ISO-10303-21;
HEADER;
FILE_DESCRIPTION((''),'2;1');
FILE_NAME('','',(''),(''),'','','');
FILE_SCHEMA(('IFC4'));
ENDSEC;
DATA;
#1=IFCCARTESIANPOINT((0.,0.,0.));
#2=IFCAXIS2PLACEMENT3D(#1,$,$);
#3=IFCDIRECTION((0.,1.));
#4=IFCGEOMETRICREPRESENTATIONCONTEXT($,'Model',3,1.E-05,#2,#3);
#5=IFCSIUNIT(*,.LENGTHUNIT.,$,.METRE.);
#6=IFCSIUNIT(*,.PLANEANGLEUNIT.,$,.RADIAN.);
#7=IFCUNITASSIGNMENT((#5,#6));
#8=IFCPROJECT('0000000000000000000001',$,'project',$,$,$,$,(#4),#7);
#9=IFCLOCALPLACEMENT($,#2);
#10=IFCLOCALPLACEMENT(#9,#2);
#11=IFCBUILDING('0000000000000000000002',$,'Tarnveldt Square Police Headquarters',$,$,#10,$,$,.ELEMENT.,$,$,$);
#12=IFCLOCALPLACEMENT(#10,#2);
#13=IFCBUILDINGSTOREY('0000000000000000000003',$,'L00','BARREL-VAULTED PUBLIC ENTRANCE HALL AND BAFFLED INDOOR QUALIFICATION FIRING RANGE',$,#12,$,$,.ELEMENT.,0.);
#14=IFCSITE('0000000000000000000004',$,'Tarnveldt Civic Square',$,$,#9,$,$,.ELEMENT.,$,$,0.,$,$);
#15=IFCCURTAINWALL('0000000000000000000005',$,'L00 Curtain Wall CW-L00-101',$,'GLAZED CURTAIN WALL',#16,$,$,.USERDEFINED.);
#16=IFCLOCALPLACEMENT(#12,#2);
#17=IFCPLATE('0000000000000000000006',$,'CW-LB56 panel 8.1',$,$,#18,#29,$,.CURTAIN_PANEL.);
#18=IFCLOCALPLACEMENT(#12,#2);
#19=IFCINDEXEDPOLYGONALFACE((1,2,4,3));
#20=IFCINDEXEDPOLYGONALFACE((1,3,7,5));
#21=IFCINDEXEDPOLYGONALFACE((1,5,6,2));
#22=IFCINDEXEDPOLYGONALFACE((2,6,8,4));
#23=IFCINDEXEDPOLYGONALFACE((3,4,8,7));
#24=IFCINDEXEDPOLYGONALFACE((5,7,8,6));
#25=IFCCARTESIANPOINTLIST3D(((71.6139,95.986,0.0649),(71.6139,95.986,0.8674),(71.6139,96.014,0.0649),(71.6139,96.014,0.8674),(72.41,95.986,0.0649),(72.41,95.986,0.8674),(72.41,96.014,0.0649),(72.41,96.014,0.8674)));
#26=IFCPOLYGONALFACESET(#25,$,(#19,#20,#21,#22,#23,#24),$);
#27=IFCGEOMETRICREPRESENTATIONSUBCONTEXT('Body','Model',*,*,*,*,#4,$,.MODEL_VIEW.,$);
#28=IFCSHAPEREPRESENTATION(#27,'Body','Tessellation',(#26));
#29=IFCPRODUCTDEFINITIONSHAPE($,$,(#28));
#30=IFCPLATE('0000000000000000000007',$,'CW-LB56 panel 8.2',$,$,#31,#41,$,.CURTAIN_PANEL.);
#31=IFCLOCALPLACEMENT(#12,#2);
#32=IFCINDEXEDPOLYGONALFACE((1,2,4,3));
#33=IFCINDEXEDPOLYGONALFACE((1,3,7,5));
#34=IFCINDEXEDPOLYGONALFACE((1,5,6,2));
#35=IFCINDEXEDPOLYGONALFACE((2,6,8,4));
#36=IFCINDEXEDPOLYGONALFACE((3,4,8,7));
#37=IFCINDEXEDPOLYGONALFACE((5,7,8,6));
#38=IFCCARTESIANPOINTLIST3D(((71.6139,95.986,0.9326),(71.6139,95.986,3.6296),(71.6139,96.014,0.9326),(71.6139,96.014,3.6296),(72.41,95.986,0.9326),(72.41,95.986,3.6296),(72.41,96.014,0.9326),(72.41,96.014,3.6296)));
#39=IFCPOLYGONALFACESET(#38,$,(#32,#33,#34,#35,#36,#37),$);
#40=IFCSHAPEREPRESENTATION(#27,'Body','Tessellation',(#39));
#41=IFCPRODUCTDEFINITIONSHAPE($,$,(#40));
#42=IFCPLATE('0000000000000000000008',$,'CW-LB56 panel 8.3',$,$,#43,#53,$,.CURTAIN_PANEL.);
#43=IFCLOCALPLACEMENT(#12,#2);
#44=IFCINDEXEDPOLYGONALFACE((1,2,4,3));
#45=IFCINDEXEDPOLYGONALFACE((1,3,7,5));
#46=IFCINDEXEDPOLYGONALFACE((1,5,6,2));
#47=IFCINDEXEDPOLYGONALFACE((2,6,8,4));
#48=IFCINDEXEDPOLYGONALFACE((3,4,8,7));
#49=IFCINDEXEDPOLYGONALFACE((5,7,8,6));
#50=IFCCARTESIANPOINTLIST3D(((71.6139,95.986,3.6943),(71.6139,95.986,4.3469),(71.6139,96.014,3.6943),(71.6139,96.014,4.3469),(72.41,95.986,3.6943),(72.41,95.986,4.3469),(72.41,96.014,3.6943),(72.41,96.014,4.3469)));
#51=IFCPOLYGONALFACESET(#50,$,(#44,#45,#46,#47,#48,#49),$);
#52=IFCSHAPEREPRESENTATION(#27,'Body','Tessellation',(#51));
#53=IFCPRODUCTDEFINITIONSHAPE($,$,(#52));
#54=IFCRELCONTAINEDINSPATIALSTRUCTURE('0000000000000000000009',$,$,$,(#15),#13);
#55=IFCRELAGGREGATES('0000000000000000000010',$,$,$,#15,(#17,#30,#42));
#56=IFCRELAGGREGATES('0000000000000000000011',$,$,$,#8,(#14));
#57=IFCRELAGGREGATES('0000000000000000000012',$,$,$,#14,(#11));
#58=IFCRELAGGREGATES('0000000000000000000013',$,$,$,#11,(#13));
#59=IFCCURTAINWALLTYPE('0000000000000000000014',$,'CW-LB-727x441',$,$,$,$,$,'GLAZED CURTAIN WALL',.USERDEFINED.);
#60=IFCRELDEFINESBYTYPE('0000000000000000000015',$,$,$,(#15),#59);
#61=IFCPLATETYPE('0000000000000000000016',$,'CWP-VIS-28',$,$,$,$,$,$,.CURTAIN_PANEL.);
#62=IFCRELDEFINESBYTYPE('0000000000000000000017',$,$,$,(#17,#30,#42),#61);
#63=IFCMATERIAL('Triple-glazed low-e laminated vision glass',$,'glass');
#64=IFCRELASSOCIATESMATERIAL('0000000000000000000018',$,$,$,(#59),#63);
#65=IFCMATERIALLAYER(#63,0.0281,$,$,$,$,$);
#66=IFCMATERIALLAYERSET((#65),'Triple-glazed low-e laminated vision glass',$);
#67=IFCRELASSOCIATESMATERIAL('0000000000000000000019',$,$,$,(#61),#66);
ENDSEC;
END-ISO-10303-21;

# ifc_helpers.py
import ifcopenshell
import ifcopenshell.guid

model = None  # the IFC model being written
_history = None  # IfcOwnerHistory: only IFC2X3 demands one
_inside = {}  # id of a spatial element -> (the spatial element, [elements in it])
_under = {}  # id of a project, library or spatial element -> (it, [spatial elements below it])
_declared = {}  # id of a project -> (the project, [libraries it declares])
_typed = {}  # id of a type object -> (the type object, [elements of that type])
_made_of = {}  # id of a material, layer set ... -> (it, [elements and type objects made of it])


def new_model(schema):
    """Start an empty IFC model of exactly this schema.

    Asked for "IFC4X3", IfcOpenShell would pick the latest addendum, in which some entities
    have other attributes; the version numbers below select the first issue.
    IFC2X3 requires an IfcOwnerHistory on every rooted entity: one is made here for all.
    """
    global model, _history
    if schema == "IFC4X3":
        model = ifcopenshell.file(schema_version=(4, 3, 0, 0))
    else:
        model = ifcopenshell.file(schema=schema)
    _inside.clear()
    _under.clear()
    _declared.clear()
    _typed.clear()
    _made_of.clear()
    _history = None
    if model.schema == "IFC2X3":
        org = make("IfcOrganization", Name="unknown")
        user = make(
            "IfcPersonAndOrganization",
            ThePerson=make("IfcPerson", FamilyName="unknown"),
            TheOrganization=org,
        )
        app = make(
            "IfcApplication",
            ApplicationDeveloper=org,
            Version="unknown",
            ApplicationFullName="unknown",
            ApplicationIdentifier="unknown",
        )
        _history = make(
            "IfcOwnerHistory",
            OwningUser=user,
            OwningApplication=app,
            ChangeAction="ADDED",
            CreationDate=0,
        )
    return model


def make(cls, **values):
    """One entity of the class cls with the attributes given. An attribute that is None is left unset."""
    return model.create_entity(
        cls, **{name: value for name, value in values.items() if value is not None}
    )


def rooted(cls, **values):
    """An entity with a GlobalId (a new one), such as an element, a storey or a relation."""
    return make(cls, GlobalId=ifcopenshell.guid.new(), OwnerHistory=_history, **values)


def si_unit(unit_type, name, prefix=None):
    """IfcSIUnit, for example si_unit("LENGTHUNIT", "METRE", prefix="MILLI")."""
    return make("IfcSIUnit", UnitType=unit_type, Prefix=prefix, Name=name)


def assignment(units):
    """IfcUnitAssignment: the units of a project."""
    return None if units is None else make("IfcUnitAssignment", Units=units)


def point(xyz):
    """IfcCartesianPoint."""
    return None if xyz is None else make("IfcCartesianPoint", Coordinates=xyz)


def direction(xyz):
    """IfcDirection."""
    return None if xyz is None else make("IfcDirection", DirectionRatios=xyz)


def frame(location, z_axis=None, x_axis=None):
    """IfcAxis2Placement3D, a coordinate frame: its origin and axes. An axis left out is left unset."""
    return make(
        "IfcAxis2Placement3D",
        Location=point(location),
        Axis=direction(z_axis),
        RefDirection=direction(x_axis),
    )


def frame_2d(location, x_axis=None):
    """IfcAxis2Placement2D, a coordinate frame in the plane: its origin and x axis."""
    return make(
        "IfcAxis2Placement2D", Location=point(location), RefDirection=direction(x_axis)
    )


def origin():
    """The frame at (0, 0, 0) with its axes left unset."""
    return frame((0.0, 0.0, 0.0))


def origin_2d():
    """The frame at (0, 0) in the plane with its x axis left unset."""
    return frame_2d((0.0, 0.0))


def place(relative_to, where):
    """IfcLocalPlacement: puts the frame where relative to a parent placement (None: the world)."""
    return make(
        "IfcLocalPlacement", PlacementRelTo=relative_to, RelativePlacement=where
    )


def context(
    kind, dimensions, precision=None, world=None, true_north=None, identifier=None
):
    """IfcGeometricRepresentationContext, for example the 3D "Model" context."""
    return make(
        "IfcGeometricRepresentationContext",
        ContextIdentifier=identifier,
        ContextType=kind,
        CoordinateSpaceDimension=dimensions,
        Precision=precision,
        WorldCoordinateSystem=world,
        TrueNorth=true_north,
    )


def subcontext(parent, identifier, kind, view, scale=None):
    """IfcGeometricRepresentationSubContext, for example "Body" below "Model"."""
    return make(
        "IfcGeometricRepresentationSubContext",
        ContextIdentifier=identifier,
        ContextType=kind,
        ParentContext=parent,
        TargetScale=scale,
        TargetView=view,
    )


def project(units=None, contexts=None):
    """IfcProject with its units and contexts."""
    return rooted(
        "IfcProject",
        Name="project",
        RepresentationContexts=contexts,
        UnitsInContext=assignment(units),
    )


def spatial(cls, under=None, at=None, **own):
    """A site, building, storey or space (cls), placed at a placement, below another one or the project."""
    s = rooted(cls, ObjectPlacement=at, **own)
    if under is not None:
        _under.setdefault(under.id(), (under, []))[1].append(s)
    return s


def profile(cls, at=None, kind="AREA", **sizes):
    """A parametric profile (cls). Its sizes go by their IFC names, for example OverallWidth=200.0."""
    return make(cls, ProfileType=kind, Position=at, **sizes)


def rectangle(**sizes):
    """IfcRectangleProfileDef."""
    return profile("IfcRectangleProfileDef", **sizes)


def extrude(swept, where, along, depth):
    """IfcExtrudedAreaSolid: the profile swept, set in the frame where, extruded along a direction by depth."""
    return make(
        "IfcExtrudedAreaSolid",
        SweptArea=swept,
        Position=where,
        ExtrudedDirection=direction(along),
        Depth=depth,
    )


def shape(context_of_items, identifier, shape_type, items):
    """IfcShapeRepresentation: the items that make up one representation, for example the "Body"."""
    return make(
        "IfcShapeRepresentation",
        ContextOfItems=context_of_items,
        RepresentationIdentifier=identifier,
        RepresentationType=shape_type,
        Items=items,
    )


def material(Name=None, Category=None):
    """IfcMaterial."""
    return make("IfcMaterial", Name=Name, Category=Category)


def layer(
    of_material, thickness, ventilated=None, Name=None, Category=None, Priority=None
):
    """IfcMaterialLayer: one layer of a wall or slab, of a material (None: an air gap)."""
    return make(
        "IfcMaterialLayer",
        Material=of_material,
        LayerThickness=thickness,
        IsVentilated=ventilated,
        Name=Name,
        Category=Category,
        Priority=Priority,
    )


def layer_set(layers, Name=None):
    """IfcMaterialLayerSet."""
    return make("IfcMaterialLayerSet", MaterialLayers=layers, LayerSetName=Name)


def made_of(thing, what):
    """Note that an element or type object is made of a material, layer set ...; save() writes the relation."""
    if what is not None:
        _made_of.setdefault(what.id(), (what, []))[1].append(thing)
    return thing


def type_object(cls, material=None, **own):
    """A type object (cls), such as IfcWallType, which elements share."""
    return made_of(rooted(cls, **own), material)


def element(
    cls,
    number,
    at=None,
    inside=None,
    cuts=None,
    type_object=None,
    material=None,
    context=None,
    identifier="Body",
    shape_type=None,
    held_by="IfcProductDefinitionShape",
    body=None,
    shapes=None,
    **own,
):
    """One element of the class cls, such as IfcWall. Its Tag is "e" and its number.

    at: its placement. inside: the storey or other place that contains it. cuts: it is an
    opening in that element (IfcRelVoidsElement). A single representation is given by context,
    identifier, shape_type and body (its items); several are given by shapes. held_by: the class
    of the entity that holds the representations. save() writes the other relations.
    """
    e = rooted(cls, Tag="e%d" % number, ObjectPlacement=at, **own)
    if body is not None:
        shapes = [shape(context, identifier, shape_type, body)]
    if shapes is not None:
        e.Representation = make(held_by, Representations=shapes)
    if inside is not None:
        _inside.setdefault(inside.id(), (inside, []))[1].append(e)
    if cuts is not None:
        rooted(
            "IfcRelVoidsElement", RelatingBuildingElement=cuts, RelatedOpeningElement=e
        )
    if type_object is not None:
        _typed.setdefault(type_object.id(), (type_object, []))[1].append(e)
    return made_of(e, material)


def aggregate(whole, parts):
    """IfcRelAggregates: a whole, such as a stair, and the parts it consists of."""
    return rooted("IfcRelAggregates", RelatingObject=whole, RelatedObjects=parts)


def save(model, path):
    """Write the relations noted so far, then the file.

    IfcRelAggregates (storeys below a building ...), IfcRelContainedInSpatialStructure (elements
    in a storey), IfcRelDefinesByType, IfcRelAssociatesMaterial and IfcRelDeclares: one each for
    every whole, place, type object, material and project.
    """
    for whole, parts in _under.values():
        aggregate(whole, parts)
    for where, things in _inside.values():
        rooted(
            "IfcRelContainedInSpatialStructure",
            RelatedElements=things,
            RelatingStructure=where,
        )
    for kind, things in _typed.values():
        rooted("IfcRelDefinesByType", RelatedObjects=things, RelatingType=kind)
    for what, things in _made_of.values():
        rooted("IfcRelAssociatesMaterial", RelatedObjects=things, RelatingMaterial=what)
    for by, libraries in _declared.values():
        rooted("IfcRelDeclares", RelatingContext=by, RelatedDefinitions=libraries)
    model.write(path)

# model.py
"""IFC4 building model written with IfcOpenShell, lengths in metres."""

from ifc_helpers import new_model, si_unit, direction, frame, origin, origin_2d, place, context, subcontext, project, spatial, rectangle, extrude, material, layer, layer_set, type_object, element, aggregate, save


model = new_model("IFC4")

# Units and contexts
model_context = context("Model", 3, precision=1e-05, world=origin(), true_north=direction((0.0, 1.0)))
body_context = subcontext(model_context, "Body", "Model", "MODEL_VIEW")
ifc_project = project(units=[si_unit("LENGTHUNIT", "METRE"), si_unit("PLANEANGLEUNIT", "RADIAN")], contexts=[model_context])

# Site, building, storey
site_placement = place(None, origin())
site = spatial("IfcSite", under=ifc_project, at=site_placement, Name="Tarnveldt Civic Square", CompositionType="ELEMENT", RefElevation=0.0)
building_placement = place(site_placement, origin())
building = spatial("IfcBuilding", under=site, at=building_placement, Name="Tarnveldt Square Police Headquarters", CompositionType="ELEMENT")
storey_placement = place(building_placement, origin())
storey = spatial("IfcBuildingStorey", under=building, at=storey_placement, Name="L00", Description="BARREL-VAULTED PUBLIC ENTRANCE HALL AND BAFFLED INDOOR QUALIFICATION FIRING RANGE", CompositionType="ELEMENT", Elevation=0.0)

# Curtain wall, plates
ifc_material_1 = material(Name="Triple-glazed low-e laminated vision glass", Category="glass")
curtain_wall_type = type_object("IfcCurtainWallType", Name="CW-LB-727x441", ElementType="GLAZED CURTAIN WALL", PredefinedType="USERDEFINED", material=ifc_material_1)
curtain_wall_placement = place(storey_placement, origin())
curtain_wall = element("IfcCurtainWall", 1, at=curtain_wall_placement, inside=storey, type_object=curtain_wall_type, Name="L00 Curtain Wall CW-L00-101", ObjectType="GLAZED CURTAIN WALL", PredefinedType="USERDEFINED")
ifc_layer = layer(ifc_material_1, 0.0281)
ifc_layer_set = layer_set([ifc_layer], Name="Triple-glazed low-e laminated vision glass")
plate_type = type_object("IfcPlateType", Name="CWP-VIS-28", PredefinedType="CURTAIN_PANEL", material=ifc_layer_set)
plate_1_placement = place(storey_placement, frame((72.012, 96.0, 0.0649), z_axis=(0.0, 0.0, 1.0), x_axis=(1.0, 0.0, 0.0)))
plate_1 = element("IfcPlate", 2, at=plate_1_placement, type_object=plate_type, Name="CW-LB56 panel 8.1", PredefinedType="CURTAIN_PANEL", context=body_context, shape_type="SweptSolid", body=[
    extrude(rectangle(XDim=0.7961, YDim=0.0281, at=origin_2d()), origin(), (0.0, 0.0, 1.0), 0.8025),
])
plate_2_placement = place(storey_placement, frame((72.012, 96.0, 0.9326), z_axis=(0.0, 0.0, 1.0), x_axis=(1.0, 0.0, 0.0)))
plate_2 = element("IfcPlate", 3, at=plate_2_placement, type_object=plate_type, Name="CW-LB56 panel 8.2", PredefinedType="CURTAIN_PANEL", context=body_context, shape_type="SweptSolid", body=[
    extrude(rectangle(XDim=0.7961, YDim=0.0281, at=origin_2d()), origin(), (0.0, 0.0, 1.0), 2.697),
])
plate_3_placement = place(storey_placement, frame((72.012, 96.0, 3.6943), z_axis=(0.0, 0.0, 1.0), x_axis=(1.0, 0.0, 0.0)))
plate_3 = element("IfcPlate", 4, at=plate_3_placement, type_object=plate_type, Name="CW-LB56 panel 8.3", PredefinedType="CURTAIN_PANEL", context=body_context, shape_type="SweptSolid", body=[
    extrude(rectangle(XDim=0.7961, YDim=0.0281, at=origin_2d()), origin(), (0.0, 0.0, 1.0), 0.6526),
])
aggregate(curtain_wall, [plate_1, plate_2, plate_3])

save(model, "model.ifc")
